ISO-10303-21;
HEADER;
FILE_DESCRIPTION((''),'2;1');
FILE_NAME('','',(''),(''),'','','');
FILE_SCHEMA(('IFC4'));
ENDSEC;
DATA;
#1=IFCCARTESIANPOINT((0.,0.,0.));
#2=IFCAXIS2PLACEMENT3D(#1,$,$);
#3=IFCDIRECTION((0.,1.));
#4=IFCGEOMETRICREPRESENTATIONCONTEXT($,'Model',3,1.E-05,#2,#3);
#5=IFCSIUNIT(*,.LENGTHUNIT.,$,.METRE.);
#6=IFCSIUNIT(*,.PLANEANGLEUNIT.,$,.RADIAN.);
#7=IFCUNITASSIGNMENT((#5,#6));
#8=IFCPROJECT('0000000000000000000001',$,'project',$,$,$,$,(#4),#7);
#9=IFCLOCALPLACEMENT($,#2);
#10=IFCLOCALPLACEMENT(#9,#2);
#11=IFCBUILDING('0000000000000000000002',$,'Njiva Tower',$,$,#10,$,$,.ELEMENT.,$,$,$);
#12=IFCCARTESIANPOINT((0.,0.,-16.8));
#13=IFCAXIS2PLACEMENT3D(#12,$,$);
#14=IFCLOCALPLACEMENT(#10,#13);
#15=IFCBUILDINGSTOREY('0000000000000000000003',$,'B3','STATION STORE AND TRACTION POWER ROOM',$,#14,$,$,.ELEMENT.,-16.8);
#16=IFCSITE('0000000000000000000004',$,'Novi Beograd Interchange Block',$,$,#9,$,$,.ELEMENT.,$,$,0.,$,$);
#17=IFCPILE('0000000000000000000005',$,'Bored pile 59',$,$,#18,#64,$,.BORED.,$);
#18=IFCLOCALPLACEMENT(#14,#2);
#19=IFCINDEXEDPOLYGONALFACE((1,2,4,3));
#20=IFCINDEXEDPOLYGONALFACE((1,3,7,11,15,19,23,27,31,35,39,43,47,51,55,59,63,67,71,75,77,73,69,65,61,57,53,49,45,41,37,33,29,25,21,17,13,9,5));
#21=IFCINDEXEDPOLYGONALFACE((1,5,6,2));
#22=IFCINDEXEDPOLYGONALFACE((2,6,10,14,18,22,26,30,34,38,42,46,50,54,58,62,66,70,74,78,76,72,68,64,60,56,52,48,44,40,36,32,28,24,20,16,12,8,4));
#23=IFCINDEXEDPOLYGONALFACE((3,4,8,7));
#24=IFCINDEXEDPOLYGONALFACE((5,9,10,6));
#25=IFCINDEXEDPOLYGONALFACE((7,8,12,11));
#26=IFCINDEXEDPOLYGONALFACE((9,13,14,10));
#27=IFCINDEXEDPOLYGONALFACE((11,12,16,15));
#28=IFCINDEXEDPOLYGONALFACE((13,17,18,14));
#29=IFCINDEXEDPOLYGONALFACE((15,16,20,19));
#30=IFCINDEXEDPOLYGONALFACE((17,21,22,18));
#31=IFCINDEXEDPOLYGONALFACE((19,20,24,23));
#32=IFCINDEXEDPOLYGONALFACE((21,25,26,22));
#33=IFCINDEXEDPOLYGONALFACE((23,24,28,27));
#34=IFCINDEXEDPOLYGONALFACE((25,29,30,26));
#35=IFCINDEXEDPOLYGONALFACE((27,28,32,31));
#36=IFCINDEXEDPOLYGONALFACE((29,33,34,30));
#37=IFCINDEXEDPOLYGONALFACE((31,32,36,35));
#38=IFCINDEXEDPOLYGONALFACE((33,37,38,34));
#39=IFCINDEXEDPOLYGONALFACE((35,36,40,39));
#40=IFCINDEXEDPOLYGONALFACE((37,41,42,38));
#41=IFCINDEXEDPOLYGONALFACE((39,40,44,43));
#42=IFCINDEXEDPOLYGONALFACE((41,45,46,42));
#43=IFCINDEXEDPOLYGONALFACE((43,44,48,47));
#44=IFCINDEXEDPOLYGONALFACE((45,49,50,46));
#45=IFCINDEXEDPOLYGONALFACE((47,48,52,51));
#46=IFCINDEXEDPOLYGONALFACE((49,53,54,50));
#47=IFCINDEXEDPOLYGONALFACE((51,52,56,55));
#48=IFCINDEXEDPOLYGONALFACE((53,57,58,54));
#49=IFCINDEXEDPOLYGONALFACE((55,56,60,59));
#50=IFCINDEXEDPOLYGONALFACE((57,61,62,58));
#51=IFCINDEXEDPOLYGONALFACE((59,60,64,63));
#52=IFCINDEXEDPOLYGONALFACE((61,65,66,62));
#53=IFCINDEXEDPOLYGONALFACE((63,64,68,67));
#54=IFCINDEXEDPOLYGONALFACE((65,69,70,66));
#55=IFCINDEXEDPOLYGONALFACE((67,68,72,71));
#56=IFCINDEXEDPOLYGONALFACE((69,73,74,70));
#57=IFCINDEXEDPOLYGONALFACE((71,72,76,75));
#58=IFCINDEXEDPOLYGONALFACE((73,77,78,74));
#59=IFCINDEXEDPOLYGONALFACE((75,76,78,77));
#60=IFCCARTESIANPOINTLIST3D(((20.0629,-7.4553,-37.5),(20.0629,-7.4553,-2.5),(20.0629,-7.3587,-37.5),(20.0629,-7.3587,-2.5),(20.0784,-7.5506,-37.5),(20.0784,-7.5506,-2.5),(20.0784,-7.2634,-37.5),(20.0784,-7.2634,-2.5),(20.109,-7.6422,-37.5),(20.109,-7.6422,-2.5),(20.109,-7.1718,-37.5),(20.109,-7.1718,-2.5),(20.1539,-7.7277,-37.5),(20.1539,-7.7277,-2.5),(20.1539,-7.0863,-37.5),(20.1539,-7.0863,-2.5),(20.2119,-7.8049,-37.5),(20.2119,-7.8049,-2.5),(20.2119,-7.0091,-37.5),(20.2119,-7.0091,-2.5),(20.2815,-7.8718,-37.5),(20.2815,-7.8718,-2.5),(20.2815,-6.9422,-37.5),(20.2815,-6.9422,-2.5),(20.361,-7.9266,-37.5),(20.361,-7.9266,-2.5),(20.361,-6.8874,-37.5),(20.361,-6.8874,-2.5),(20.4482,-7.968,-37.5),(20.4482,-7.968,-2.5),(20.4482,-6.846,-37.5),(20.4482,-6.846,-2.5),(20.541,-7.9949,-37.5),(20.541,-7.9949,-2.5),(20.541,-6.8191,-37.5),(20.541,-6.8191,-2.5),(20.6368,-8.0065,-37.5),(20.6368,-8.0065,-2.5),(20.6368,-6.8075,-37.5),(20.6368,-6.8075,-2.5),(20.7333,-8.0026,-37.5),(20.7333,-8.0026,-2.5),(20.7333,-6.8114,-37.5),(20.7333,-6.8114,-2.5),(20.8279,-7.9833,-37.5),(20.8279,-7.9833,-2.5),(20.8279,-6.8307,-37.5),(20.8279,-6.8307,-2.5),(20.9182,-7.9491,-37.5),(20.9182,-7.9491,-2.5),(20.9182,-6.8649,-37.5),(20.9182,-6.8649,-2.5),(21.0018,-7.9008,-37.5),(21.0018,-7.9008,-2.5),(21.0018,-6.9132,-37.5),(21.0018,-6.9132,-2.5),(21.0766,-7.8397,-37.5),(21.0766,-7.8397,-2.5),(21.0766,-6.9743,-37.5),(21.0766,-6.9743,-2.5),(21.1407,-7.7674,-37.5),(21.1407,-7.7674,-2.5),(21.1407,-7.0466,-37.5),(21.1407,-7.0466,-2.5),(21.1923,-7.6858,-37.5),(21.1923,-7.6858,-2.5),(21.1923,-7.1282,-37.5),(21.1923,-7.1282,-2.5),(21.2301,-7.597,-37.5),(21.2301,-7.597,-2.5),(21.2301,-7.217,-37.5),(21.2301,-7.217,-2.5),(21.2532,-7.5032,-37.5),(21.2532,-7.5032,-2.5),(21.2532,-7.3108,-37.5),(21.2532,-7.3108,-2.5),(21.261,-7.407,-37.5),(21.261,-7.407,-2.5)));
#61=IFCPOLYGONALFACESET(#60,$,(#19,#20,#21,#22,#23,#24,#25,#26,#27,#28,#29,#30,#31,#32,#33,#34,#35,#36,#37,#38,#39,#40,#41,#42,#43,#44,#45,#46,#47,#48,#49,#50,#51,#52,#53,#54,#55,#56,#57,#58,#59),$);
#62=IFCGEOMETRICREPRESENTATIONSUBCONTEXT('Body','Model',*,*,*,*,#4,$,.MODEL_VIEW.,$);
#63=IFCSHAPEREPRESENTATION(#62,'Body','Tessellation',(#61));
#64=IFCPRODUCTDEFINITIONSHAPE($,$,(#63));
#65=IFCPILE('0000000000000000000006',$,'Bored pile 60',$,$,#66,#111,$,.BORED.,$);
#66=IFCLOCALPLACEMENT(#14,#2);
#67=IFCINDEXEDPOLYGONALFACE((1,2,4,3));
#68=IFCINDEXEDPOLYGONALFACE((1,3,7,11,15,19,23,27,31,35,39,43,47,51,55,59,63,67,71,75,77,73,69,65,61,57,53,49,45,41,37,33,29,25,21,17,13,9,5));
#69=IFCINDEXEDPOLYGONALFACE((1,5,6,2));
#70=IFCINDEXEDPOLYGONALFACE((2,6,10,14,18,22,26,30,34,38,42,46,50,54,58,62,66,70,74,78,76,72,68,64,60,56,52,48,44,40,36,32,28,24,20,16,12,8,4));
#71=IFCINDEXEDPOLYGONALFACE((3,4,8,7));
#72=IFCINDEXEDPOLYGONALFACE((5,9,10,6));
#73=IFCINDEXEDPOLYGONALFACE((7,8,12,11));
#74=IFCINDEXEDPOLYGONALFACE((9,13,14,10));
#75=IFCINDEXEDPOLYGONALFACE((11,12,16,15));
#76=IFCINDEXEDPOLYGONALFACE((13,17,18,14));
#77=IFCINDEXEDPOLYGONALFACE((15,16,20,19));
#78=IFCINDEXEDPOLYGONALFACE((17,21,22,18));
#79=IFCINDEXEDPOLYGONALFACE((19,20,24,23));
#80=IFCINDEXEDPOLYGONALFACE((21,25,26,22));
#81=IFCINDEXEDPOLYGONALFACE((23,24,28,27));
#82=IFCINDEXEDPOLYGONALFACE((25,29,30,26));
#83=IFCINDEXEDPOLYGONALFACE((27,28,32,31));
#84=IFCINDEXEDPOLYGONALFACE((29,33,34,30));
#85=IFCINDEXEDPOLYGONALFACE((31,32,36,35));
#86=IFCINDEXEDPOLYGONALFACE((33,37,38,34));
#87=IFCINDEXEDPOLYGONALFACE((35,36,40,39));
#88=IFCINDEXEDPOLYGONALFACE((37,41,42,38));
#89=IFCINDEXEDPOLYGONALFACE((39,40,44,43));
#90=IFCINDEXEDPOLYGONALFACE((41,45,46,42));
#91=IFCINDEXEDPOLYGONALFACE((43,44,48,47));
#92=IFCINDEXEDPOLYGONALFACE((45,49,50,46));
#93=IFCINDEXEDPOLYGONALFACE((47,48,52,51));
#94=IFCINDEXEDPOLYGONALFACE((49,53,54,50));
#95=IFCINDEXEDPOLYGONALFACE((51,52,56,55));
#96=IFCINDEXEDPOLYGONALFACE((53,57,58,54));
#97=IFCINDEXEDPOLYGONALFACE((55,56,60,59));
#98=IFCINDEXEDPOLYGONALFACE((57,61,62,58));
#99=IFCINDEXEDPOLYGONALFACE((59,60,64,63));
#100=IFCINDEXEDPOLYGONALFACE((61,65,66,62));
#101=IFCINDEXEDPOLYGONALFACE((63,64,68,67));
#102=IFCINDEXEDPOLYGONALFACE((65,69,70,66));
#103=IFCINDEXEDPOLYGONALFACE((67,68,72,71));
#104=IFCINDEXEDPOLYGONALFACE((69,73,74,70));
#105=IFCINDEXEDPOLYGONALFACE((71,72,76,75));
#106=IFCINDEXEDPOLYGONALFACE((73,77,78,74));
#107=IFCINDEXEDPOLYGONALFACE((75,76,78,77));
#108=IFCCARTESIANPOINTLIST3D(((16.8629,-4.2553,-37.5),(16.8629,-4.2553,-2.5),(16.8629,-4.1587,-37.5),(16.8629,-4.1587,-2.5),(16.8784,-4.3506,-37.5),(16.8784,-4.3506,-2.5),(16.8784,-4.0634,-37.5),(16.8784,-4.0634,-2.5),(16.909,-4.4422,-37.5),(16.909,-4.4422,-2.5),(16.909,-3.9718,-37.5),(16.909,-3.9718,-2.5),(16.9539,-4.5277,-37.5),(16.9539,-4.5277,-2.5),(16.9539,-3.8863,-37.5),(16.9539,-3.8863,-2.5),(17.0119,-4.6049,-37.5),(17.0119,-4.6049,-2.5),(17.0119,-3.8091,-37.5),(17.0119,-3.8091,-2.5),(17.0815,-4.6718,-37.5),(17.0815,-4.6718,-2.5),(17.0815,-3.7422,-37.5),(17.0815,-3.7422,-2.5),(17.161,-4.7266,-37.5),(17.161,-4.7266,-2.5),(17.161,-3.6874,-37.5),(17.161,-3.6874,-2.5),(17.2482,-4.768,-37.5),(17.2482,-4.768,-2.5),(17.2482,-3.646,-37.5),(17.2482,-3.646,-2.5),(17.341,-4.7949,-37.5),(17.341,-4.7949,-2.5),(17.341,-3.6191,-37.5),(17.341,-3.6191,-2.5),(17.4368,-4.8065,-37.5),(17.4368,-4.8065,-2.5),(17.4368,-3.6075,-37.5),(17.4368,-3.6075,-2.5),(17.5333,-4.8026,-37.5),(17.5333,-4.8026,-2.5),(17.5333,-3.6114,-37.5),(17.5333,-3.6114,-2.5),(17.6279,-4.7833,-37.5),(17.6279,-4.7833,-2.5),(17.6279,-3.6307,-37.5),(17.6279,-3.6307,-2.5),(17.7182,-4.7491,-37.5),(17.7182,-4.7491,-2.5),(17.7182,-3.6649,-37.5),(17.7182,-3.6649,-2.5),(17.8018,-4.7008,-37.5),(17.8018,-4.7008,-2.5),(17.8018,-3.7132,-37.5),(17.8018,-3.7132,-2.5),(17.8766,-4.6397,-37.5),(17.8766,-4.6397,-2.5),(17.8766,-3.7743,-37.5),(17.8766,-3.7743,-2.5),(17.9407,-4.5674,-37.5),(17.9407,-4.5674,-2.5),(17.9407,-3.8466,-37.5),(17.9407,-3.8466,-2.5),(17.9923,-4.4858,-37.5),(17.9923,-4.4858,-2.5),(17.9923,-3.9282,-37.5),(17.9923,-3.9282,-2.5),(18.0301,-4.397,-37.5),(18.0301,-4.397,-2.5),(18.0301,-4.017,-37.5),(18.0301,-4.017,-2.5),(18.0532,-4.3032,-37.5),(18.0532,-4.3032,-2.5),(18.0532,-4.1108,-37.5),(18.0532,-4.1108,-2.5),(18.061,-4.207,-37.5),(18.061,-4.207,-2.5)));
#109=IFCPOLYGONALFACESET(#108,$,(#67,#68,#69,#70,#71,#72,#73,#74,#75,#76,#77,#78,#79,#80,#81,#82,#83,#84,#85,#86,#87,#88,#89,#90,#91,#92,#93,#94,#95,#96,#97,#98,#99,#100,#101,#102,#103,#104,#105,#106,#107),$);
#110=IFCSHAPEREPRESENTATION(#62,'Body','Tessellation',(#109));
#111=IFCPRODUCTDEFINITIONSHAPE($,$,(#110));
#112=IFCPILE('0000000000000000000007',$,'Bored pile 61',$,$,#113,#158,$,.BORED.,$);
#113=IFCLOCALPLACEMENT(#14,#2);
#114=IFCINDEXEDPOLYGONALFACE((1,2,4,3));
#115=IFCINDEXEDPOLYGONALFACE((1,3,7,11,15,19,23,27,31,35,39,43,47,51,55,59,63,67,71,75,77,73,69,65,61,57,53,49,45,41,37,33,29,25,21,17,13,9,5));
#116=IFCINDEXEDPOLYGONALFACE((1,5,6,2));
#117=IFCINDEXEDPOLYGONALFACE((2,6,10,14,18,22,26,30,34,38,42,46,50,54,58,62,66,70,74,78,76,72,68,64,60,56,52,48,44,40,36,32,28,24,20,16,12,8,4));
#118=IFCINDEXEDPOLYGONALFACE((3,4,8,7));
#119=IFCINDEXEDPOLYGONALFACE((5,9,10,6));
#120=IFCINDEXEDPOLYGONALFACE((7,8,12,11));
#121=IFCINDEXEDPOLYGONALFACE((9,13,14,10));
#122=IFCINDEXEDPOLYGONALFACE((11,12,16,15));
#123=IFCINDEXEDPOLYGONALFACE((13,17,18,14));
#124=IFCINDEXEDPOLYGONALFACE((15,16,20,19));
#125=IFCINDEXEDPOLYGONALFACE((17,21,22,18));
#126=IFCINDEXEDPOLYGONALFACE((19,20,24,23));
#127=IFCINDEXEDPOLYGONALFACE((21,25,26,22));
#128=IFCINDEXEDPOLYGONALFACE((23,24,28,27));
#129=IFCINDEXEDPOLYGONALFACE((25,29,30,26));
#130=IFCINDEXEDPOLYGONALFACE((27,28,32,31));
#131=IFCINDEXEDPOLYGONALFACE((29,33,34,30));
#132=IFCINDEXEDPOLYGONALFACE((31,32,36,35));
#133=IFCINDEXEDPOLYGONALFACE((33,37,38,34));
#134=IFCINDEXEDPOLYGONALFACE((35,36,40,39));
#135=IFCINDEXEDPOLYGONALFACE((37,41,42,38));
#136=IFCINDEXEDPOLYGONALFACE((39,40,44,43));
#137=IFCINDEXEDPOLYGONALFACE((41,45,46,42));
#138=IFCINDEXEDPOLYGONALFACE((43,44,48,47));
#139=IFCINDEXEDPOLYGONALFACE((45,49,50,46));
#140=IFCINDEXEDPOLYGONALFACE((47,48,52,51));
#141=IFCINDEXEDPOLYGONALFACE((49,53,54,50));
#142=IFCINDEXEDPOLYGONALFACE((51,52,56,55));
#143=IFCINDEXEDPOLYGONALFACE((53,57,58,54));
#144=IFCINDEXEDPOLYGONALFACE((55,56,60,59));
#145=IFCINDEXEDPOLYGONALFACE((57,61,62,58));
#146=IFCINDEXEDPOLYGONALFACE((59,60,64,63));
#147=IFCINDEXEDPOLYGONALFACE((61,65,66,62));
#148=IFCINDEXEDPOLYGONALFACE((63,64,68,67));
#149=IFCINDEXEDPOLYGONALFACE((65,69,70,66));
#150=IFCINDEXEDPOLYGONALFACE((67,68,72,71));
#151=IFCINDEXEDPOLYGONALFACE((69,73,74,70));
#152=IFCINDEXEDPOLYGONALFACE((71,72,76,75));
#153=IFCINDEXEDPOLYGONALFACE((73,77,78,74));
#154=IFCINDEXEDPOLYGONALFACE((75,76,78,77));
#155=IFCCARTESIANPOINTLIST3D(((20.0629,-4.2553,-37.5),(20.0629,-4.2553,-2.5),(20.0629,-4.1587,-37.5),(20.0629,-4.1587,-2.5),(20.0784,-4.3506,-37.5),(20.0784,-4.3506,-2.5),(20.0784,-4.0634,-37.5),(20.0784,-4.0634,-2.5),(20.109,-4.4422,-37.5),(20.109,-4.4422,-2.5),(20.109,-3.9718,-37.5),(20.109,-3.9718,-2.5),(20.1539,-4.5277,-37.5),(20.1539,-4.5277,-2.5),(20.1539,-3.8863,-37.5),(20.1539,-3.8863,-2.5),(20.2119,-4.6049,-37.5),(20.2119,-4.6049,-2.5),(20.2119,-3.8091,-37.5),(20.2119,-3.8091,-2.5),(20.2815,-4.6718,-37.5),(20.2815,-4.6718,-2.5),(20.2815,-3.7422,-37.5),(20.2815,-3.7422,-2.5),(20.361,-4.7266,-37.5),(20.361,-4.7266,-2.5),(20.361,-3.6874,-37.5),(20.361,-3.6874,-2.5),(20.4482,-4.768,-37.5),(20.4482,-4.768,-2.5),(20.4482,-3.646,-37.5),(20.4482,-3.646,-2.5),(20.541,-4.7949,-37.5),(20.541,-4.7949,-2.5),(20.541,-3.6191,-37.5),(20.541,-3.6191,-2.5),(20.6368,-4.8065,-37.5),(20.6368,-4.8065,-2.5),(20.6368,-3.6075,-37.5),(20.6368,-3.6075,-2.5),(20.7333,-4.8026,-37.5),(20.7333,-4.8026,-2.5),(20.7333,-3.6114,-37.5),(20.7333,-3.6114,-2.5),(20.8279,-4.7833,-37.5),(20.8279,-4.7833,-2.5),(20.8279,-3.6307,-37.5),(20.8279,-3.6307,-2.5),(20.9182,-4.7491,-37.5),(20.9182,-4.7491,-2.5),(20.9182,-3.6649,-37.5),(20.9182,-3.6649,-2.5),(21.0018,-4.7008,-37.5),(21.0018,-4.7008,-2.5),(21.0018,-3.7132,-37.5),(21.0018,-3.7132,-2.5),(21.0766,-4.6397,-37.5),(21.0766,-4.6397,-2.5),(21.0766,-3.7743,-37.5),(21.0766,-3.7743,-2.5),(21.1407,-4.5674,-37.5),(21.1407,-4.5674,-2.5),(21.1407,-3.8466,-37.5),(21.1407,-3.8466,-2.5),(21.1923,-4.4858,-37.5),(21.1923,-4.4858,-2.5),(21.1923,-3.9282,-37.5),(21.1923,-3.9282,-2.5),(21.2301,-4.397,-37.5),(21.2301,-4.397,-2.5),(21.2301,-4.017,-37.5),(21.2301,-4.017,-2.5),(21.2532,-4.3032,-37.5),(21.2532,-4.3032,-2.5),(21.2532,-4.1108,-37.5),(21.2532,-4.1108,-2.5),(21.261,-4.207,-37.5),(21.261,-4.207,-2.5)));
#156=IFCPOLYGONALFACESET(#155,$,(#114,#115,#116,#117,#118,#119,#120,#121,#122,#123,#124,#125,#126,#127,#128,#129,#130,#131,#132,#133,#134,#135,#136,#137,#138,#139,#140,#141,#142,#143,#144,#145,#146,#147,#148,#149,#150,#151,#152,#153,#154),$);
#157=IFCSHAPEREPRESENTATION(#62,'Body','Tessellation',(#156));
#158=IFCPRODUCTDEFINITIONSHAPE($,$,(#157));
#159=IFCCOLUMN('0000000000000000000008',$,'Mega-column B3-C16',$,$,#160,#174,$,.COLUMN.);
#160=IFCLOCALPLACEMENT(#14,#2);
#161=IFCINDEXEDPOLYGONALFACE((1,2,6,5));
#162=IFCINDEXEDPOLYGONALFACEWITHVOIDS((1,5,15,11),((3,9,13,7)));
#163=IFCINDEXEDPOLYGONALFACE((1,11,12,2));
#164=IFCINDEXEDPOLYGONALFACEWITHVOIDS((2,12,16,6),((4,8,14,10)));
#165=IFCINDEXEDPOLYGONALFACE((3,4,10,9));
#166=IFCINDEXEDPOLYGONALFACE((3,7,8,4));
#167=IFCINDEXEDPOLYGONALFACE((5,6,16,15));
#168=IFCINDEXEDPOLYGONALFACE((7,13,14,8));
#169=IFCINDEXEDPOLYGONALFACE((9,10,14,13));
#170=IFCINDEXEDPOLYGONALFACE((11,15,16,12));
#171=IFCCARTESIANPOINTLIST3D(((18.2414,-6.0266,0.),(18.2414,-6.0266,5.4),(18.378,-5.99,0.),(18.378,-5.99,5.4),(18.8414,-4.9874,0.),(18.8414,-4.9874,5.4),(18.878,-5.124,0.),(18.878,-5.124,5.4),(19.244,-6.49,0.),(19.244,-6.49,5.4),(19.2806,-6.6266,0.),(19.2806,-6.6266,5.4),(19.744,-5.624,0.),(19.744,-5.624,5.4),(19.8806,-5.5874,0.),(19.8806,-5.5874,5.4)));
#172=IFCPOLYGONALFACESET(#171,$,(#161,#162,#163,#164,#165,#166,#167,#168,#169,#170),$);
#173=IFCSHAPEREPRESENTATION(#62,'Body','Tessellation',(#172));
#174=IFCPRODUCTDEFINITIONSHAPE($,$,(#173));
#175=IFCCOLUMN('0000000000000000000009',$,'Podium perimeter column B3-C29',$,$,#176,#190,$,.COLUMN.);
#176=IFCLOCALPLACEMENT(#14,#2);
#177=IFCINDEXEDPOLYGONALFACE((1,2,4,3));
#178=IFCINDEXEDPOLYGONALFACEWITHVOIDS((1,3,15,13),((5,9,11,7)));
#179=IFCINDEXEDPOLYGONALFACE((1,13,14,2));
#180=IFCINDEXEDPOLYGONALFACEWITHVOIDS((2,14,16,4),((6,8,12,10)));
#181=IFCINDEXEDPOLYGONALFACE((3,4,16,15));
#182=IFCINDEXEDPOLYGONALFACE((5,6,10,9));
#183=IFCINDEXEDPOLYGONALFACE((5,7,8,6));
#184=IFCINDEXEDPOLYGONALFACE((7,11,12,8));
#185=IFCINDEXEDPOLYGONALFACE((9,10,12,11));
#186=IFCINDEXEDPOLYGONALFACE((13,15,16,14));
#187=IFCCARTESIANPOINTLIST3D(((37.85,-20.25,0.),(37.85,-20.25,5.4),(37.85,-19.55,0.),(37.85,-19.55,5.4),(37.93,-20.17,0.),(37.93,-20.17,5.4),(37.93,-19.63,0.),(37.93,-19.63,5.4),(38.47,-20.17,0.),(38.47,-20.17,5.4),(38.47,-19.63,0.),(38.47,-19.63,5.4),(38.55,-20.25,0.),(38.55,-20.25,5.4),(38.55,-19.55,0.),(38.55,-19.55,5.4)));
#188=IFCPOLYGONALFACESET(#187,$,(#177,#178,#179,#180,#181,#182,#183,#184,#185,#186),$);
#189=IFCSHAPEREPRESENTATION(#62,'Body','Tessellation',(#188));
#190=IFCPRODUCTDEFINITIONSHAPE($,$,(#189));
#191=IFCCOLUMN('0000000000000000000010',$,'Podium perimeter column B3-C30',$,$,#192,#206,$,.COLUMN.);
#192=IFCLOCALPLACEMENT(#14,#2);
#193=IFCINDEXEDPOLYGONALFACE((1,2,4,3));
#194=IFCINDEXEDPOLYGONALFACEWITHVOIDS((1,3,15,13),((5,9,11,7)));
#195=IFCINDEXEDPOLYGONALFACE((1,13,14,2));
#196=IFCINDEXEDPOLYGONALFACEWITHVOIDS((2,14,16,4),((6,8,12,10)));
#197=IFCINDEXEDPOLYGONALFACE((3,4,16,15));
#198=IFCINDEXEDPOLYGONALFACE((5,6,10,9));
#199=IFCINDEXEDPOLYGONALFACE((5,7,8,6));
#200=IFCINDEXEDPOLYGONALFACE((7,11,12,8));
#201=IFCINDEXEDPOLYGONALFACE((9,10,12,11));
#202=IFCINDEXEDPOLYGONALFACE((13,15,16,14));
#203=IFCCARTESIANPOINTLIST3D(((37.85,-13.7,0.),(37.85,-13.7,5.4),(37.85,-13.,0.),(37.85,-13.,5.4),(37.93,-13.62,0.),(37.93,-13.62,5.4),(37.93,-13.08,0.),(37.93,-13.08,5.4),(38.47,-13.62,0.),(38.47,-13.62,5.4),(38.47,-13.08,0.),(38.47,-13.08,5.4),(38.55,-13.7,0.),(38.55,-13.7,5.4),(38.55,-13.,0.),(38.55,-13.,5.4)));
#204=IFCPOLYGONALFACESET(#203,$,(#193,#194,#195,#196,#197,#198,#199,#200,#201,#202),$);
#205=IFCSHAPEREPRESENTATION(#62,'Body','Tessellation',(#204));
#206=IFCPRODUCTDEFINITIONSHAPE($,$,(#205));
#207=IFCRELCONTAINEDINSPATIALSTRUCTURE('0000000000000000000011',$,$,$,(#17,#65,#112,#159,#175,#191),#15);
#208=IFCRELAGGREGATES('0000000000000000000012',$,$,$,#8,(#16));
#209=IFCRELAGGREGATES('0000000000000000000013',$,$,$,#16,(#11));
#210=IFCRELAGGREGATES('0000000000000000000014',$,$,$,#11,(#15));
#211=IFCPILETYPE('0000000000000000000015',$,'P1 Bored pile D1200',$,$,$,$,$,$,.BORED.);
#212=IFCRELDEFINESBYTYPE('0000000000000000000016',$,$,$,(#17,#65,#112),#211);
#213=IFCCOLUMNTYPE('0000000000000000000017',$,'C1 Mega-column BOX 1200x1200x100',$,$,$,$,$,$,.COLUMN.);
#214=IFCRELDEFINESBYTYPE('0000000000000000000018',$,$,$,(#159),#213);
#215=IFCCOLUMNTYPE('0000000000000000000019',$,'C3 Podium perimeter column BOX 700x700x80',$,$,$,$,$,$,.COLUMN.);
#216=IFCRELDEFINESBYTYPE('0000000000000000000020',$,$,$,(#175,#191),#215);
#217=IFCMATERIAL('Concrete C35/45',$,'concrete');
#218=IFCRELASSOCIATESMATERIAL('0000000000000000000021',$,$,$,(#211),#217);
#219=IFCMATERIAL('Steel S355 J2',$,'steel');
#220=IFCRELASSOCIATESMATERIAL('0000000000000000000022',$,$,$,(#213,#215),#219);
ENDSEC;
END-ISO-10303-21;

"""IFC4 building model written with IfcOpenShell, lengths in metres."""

from ifc_helpers import new_model, si_unit, direction, frame, origin, origin_2d, place, context, subcontext, project, spatial, hollow_rectangle, circle, extrude, material, material_profile, profile_set, type_object, element, save


model = new_model("IFC4")

# Units and contexts
model_context = context("Model", 3, precision=1e-05, world=origin(), true_north=direction((0.0, 1.0)))
body_context = subcontext(model_context, "Body", "Model", "MODEL_VIEW")
ifc_project = project(units=[si_unit("LENGTHUNIT", "METRE"), si_unit("PLANEANGLEUNIT", "RADIAN")], contexts=[model_context])

# Site, building, storey
site_placement = place(None, origin())
site = spatial("IfcSite", under=ifc_project, at=site_placement, Name="Novi Beograd Interchange Block", CompositionType="ELEMENT", RefElevation=0.0)
building_placement = place(site_placement, origin())
building = spatial("IfcBuilding", under=site, at=building_placement, Name="Njiva Tower", CompositionType="ELEMENT")
storey_placement = place(building_placement, frame((0.0, 0.0, -16.8)))
storey = spatial("IfcBuildingStorey", under=building, at=storey_placement, Name="B3", Description="STATION STORE AND TRACTION POWER ROOM", CompositionType="ELEMENT", Elevation=-16.8)

# Piles
ifc_material_1 = material(Name="Concrete C35/45", Category="concrete")
ifc_material_profile_1 = material_profile(ifc_material_1, circle(Radius=0.6, at=origin_2d()), Name="D1200")
ifc_profile_set_1 = profile_set([ifc_material_profile_1], Name="Concrete C35/45")
pile_type = type_object("IfcPileType", Name="P1 Bored pile D1200", PredefinedType="BORED", material=ifc_profile_set_1)
for number, where, z_axis, x_axis, name in (
    (1, (20.661, -7.407, -2.5), (0.0, 0.0, -1.0), (1.0, 0.0, 0.0), "Bored pile 59"),
    (2, (17.461, -4.207, -2.5), (0.0, 0.0, -1.0), (1.0, 0.0, 0.0), "Bored pile 60"),
    (3, (20.661, -4.207, -2.5), (0.0, 0.0, -1.0), (1.0, 0.0, 0.0), "Bored pile 61"),
):
    element("IfcPile", number, at=place(storey_placement, frame(where, z_axis=z_axis, x_axis=x_axis)), inside=storey, type_object=pile_type, Name=name, PredefinedType="BORED", context=body_context, shape_type="SweptSolid", body=[
        extrude(circle(Radius=0.6, at=origin_2d()), origin(), (0.0, 0.0, 1.0), 35.0),
    ])

# Columns
ifc_material_2 = material(Name="Steel S355 J2", Category="steel")
ifc_material_profile_2 = material_profile(ifc_material_2, hollow_rectangle(XDim=1.2, YDim=1.2, WallThickness=0.1, at=origin_2d()), Name="BOX 1200x1200x100")
ifc_profile_set_2 = profile_set([ifc_material_profile_2], Name="Steel S355 J2")
column_type_1 = type_object("IfcColumnType", Name="C1 Mega-column BOX 1200x1200x100", PredefinedType="COLUMN", material=ifc_profile_set_2)
column_placement = place(storey_placement, frame((19.061, -5.807, 0.0), z_axis=(0.0, 0.0, 1.0), x_axis=(0.5, 0.866025, 0.0)))
element("IfcColumn", 4, at=column_placement, inside=storey, type_object=column_type_1, Name="Mega-column B3-C16", PredefinedType="COLUMN", context=body_context, shape_type="SweptSolid", body=[
    extrude(hollow_rectangle(XDim=1.2, YDim=1.2, WallThickness=0.1, at=origin_2d()), origin(), (0.0, 0.0, 1.0), 5.4),
])
ifc_material_profile_3 = material_profile(ifc_material_2, hollow_rectangle(XDim=0.7, YDim=0.7, WallThickness=0.08, at=origin_2d()), Name="BOX 700x700x80")
ifc_profile_set_3 = profile_set([ifc_material_profile_3], Name="Steel S355 J2")
column_type_2 = type_object("IfcColumnType", Name="C3 Podium perimeter column BOX 700x700x80", PredefinedType="COLUMN", material=ifc_profile_set_3)
for number, where, z_axis, x_axis, name in (
    (5, (38.2, -19.9, 0.0), (0.0, 0.0, 1.0), (0.0, 1.0, 0.0), "Podium perimeter column B3-C29"),
    (6, (38.2, -13.35, 0.0), (0.0, 0.0, 1.0), (0.0, 1.0, 0.0), "Podium perimeter column B3-C30"),
):
    element("IfcColumn", number, at=place(storey_placement, frame(where, z_axis=z_axis, x_axis=x_axis)), inside=storey, type_object=column_type_2, Name=name, PredefinedType="COLUMN", context=body_context, shape_type="SweptSolid", body=[
        extrude(hollow_rectangle(XDim=0.7, YDim=0.7, WallThickness=0.08, at=origin_2d()), origin(), (0.0, 0.0, 1.0), 5.4),
    ])

save(model, "model.ifc")
